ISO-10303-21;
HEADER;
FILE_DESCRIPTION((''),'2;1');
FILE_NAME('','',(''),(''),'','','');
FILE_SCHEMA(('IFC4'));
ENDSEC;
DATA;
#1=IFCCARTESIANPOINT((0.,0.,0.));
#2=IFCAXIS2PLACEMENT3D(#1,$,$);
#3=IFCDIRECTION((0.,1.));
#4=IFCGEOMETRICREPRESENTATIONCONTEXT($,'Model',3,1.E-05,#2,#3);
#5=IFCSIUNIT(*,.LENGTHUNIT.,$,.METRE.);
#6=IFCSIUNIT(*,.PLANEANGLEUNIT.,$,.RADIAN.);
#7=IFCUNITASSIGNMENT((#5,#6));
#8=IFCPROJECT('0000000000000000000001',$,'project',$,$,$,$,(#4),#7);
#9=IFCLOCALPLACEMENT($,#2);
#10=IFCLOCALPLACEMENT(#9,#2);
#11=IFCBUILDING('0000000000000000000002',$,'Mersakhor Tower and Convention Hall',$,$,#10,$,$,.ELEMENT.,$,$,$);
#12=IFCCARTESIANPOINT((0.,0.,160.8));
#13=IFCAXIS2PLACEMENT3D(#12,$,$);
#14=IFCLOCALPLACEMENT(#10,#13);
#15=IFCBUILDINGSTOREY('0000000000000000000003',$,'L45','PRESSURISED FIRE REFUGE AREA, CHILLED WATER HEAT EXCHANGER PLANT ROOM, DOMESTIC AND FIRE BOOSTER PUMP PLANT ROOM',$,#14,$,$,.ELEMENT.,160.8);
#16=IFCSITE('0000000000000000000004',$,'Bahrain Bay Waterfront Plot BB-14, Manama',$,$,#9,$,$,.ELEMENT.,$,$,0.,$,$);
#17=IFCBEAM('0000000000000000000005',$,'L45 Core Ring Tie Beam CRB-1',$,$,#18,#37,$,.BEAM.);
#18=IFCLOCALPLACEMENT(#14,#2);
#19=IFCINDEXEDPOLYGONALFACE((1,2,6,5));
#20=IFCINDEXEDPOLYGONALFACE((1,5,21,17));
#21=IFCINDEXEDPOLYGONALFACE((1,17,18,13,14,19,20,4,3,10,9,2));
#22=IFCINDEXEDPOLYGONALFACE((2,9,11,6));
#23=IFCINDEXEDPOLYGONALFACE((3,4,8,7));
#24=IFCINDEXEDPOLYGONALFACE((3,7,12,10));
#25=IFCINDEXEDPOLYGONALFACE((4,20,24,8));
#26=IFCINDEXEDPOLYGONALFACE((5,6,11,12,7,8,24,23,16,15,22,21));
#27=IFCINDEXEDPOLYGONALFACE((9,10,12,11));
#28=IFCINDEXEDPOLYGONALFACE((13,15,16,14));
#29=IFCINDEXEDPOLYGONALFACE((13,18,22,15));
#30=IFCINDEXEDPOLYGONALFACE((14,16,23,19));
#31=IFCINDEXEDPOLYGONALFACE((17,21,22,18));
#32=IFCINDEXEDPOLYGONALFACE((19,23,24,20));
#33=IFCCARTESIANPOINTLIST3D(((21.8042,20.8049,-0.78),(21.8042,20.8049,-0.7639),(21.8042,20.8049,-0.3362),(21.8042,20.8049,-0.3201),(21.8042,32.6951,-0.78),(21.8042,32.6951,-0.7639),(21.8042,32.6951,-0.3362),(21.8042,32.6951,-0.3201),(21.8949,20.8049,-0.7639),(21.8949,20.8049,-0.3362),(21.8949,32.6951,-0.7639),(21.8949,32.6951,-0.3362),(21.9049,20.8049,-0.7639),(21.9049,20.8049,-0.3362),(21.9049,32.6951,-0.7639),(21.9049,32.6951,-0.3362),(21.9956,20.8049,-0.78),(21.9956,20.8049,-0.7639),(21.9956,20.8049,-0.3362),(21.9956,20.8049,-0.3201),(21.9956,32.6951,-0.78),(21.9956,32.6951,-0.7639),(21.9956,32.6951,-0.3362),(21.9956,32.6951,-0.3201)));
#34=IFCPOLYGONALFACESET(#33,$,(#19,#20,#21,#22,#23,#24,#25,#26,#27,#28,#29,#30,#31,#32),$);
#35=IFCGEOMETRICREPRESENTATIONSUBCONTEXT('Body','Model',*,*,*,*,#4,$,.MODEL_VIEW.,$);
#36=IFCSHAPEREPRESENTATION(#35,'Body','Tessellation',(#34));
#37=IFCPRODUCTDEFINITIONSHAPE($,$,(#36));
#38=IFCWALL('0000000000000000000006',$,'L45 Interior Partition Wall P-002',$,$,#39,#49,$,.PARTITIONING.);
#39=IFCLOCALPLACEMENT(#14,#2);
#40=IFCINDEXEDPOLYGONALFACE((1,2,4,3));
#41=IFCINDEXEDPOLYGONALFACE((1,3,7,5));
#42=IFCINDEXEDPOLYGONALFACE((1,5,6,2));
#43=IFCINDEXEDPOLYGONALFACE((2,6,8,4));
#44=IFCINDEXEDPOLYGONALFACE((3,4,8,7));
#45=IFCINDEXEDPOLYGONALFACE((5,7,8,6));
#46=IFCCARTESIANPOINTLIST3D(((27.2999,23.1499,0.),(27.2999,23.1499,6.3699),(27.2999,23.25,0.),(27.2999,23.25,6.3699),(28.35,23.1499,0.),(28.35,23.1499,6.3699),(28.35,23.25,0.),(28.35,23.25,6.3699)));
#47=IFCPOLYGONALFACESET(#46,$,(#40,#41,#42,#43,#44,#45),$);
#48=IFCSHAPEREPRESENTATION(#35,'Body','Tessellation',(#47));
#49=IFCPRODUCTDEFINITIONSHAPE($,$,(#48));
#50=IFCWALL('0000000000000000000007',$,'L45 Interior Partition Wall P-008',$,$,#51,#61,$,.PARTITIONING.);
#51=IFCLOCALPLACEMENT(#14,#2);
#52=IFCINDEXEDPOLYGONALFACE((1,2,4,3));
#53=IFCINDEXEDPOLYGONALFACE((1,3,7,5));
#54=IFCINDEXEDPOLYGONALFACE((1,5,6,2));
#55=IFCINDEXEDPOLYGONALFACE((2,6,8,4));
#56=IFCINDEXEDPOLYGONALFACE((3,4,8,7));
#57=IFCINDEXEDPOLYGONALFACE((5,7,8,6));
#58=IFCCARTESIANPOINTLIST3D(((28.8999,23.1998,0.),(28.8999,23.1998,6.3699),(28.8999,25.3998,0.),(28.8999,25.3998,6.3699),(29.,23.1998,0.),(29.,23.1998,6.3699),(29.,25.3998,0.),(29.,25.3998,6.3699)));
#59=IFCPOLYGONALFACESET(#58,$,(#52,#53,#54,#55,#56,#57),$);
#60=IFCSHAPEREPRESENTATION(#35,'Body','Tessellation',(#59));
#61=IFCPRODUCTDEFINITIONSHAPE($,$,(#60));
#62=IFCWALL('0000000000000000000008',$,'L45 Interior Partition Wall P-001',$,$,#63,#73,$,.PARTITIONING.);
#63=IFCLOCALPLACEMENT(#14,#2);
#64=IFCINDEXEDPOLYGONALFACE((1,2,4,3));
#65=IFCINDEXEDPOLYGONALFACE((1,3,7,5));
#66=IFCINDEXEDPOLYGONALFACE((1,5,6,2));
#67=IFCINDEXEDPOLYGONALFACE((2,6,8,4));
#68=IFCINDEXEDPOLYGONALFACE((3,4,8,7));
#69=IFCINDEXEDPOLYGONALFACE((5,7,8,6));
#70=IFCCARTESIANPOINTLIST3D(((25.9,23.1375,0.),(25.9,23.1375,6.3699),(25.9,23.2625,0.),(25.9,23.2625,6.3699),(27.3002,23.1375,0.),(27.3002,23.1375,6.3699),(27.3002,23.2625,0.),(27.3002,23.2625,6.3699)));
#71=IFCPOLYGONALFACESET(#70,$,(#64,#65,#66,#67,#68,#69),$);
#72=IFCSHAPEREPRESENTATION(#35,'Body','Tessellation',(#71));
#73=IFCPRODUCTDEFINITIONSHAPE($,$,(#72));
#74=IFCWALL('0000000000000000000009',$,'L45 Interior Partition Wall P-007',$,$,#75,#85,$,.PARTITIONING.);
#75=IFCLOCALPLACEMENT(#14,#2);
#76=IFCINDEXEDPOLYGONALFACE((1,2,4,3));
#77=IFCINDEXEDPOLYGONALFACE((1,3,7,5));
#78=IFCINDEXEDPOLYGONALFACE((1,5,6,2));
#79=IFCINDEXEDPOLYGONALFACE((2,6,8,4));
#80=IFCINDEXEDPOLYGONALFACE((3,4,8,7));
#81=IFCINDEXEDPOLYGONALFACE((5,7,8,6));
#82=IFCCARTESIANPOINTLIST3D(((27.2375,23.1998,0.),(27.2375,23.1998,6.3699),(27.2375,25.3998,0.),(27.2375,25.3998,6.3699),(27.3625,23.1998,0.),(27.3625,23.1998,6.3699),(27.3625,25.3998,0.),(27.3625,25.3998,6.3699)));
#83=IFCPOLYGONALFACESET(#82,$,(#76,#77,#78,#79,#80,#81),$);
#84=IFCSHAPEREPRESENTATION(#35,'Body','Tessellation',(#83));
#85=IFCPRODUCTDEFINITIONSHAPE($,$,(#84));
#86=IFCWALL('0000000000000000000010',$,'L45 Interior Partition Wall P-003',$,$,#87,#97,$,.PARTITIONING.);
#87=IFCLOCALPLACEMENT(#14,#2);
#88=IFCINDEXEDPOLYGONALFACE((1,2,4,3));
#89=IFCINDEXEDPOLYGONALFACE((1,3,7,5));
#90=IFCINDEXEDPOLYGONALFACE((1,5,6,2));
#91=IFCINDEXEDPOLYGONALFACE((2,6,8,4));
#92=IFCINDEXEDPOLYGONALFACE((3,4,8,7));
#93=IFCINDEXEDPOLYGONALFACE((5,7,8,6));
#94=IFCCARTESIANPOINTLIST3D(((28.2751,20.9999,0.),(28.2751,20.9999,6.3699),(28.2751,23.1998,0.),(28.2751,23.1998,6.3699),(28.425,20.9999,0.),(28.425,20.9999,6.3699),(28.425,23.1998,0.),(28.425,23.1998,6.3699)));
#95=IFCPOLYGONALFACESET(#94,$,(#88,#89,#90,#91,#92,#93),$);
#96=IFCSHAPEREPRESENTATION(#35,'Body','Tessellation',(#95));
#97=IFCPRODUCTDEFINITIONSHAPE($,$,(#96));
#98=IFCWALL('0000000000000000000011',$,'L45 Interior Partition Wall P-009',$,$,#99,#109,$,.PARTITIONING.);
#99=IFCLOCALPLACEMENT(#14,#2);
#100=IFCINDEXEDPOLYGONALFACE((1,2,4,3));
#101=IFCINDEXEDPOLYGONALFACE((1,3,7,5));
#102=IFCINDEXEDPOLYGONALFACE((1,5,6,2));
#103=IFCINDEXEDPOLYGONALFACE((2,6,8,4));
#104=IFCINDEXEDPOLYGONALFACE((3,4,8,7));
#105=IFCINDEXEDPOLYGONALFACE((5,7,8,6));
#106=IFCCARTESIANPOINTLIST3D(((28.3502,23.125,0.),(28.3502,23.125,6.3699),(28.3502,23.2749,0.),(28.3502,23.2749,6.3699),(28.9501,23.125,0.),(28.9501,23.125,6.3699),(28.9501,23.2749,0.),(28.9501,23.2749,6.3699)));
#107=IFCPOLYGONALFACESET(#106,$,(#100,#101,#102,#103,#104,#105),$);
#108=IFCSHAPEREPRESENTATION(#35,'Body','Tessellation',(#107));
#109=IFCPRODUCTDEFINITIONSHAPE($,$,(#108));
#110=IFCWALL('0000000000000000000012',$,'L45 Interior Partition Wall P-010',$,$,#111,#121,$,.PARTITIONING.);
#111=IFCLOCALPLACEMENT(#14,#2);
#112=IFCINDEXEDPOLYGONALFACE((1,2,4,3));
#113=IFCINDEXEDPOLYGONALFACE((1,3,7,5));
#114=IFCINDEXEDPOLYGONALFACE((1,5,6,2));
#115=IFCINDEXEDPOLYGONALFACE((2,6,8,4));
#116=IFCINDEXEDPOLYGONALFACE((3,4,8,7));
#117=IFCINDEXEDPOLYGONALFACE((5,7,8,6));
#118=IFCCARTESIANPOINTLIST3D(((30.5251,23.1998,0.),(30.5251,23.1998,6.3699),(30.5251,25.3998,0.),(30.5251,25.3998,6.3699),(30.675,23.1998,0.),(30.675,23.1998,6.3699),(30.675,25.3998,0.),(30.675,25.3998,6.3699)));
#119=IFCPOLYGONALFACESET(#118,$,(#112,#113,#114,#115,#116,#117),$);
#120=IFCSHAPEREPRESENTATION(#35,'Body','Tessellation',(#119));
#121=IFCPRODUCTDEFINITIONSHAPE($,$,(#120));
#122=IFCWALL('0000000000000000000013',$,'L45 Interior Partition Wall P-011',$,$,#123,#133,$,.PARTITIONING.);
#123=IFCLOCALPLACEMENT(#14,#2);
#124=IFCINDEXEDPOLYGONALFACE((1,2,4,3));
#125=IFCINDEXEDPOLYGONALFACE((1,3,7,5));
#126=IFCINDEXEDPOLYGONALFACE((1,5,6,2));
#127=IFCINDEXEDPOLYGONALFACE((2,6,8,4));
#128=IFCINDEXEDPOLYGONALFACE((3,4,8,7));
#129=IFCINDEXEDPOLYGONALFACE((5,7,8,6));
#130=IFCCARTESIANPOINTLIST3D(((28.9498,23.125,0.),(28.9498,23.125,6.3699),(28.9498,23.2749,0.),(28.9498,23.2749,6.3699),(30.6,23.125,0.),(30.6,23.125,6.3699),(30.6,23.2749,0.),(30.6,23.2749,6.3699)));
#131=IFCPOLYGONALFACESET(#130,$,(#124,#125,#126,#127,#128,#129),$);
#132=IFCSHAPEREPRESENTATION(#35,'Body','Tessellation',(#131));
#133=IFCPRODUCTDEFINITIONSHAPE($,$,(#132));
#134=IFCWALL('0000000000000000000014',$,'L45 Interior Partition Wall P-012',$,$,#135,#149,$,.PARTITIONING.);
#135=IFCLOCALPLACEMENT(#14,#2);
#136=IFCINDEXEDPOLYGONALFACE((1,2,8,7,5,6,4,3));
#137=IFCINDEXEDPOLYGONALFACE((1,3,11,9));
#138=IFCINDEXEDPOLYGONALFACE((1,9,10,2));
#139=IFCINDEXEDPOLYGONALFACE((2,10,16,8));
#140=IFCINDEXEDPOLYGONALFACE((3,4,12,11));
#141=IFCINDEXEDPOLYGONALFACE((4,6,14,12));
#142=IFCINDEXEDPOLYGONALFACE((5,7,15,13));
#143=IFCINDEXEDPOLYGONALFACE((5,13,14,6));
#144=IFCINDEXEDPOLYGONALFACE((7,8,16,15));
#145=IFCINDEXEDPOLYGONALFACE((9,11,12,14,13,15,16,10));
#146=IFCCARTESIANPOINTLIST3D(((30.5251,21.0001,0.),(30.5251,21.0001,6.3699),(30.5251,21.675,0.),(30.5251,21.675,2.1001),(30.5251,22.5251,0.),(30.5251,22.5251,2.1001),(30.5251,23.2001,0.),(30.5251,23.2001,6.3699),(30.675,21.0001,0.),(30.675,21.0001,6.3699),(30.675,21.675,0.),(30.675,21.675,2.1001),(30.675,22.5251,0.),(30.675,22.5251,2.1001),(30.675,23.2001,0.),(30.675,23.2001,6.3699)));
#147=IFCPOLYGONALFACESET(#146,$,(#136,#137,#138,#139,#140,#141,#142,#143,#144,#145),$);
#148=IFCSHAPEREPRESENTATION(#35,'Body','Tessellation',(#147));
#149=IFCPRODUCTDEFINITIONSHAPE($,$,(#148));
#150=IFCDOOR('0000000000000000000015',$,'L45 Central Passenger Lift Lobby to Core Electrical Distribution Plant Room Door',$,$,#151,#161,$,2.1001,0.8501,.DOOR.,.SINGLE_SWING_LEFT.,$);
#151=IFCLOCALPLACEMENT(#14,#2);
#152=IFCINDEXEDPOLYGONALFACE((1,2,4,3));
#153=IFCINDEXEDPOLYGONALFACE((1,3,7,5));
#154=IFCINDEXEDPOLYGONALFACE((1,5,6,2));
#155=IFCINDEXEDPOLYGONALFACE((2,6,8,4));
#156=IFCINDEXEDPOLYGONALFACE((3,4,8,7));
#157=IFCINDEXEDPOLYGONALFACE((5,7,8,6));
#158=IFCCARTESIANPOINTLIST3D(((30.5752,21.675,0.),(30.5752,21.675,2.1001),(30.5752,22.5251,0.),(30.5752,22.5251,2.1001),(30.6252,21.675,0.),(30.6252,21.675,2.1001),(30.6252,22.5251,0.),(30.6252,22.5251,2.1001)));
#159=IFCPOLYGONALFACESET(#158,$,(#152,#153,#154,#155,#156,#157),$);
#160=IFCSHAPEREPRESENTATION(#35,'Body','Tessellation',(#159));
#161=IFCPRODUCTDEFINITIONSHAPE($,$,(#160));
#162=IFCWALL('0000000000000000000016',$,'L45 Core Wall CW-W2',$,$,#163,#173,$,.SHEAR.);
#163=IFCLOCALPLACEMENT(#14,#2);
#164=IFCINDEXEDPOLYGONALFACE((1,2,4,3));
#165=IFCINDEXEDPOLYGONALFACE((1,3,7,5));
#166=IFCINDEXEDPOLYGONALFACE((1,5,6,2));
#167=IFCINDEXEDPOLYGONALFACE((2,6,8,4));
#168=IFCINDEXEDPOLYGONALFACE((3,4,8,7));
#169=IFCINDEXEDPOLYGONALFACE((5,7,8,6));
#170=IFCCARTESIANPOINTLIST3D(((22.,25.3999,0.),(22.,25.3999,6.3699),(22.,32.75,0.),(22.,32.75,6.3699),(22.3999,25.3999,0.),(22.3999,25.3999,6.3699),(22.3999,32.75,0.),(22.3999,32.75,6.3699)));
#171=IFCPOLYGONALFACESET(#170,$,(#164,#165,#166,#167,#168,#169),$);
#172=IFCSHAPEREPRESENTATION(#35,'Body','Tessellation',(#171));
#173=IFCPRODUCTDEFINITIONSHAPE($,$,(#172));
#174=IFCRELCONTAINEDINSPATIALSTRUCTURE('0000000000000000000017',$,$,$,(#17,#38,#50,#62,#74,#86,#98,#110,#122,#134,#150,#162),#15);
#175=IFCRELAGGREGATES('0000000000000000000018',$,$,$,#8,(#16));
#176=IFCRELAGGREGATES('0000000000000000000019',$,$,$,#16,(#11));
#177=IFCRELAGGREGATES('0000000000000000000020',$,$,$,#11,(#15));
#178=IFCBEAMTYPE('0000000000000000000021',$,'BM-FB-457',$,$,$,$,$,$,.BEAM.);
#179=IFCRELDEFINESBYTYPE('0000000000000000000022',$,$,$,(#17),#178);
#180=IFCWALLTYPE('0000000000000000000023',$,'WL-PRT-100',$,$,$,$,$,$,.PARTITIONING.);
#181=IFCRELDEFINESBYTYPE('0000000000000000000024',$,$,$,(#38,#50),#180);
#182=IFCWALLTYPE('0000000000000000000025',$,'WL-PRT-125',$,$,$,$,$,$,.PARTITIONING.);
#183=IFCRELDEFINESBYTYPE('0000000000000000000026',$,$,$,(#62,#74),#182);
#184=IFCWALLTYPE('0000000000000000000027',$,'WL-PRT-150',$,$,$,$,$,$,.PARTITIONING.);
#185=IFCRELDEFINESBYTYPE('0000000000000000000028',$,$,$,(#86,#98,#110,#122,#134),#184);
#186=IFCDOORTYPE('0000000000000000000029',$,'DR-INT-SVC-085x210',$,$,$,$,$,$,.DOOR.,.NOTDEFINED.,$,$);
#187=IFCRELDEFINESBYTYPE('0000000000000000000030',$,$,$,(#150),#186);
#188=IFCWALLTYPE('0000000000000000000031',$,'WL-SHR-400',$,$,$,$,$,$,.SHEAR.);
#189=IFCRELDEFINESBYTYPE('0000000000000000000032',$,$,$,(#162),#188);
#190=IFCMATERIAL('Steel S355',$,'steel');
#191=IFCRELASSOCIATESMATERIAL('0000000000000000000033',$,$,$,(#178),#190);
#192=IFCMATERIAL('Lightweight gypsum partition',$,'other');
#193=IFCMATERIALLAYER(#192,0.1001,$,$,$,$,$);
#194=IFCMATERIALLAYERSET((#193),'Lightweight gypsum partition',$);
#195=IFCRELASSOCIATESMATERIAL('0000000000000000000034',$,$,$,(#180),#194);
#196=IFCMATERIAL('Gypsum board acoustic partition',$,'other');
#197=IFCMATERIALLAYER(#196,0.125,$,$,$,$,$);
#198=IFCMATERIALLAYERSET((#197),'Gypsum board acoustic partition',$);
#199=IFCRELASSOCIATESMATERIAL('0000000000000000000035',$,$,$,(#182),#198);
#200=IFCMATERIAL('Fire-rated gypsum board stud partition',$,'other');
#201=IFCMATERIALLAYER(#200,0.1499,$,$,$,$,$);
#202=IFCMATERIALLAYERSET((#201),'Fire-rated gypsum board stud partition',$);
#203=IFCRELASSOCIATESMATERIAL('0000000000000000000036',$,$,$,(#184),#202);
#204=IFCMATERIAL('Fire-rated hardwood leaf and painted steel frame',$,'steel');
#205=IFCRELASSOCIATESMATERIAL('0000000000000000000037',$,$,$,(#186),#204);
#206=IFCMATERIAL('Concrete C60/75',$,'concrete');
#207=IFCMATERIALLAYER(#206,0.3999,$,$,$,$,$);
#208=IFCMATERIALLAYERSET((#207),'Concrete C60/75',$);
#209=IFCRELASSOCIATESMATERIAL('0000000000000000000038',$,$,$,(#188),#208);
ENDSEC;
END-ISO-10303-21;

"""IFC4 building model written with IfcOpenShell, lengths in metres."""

from ifc_helpers import new_model, si_unit, direction, frame, frame_2d, origin, origin_2d, place, context, subcontext, project, spatial, rectangle, i_section, extrude, material, layer, layer_set, material_profile, profile_set, type_object, element, fill, save


model = new_model("IFC4")

# Units and contexts
model_context = context("Model", 3, precision=1e-05, world=origin(), true_north=direction((0.0, 1.0)))
body_context = subcontext(model_context, "Body", "Model", "MODEL_VIEW")
ifc_project = project(units=[si_unit("LENGTHUNIT", "METRE"), si_unit("PLANEANGLEUNIT", "RADIAN")], contexts=[model_context])

# Site, building, storey
site_placement = place(None, origin())
site = spatial("IfcSite", under=ifc_project, at=site_placement, Name="Bahrain Bay Waterfront Plot BB-14, Manama", CompositionType="ELEMENT", RefElevation=0.0)
building_placement = place(site_placement, origin())
building = spatial("IfcBuilding", under=site, at=building_placement, Name="Mersakhor Tower and Convention Hall", CompositionType="ELEMENT")
storey_placement = place(building_placement, frame((0.0, 0.0, 160.8)))
storey = spatial("IfcBuildingStorey", under=building, at=storey_placement, Name="L45", Description="PRESSURISED FIRE REFUGE AREA, CHILLED WATER HEAT EXCHANGER PLANT ROOM, DOMESTIC AND FIRE BOOSTER PUMP PLANT ROOM", CompositionType="ELEMENT", Elevation=160.8)

# Beam
ifc_material_1 = material(Name="Steel S355", Category="steel")
ifc_material_profile = material_profile(ifc_material_1, i_section(OverallWidth=0.1914, OverallDepth=0.46, WebThickness=0.01, FlangeThickness=0.0161, at=origin_2d()), Name="UB 457x191x82")
ifc_profile_set = profile_set([ifc_material_profile], Name="Steel S355")
beam_type = type_object("IfcBeamType", Name="BM-FB-457", PredefinedType="BEAM", material=ifc_profile_set)
beam_placement = place(storey_placement, frame((21.8999, 20.8049, -0.55), z_axis=(0.0, 1.0, 0.0), x_axis=(-1.0, 0.0, 0.0)))
element("IfcBeam", 1, at=beam_placement, inside=storey, type_object=beam_type, Name="L45 Core Ring Tie Beam CRB-1", PredefinedType="BEAM", context=body_context, shape_type="SweptSolid", body=[
    extrude(i_section(OverallWidth=0.1914, OverallDepth=0.46, WebThickness=0.01, FlangeThickness=0.0161, at=origin_2d()), origin(), (0.0, 0.0, 1.0), 11.8901),
])

# Walls
ifc_material_2 = material(Name="Lightweight gypsum partition", Category="other")
ifc_layer_1 = layer(ifc_material_2, 0.1001)
ifc_layer_set_1 = layer_set([ifc_layer_1], Name="Lightweight gypsum partition")
wall_type_1 = type_object("IfcWallType", Name="WL-PRT-100", PredefinedType="PARTITIONING", material=ifc_layer_set_1)
wall_1_placement = place(storey_placement, frame((27.3, 23.2, 0.0), z_axis=(0.0, 0.0, 1.0), x_axis=(1.0, 0.0, 0.0)))
element("IfcWall", 2, at=wall_1_placement, inside=storey, type_object=wall_type_1, Name="L45 Interior Partition Wall P-002", PredefinedType="PARTITIONING", context=body_context, shape_type="SweptSolid", body=[
    extrude(rectangle(XDim=1.05, YDim=0.1001, at=frame_2d((0.5249, 0.0))), origin(), (0.0, 0.0, 1.0), 6.3699),
])
wall_2_placement = place(storey_placement, frame((28.95, 25.3999, 0.0), z_axis=(0.0, 0.0, 1.0), x_axis=(0.0, -1.0, 0.0)))
element("IfcWall", 3, at=wall_2_placement, inside=storey, type_object=wall_type_1, Name="L45 Interior Partition Wall P-008", PredefinedType="PARTITIONING", context=body_context, shape_type="SweptSolid", body=[
    extrude(rectangle(XDim=2.2, YDim=0.1001, at=frame_2d((1.1001, 0.0))), origin(), (0.0, 0.0, 1.0), 6.3699),
])
ifc_material_3 = material(Name="Gypsum board acoustic partition", Category="other")
ifc_layer_2 = layer(ifc_material_3, 0.125)
ifc_layer_set_2 = layer_set([ifc_layer_2], Name="Gypsum board acoustic partition")
wall_type_2 = type_object("IfcWallType", Name="WL-PRT-125", PredefinedType="PARTITIONING", material=ifc_layer_set_2)
wall_3_placement = place(storey_placement, frame((25.8999, 23.2, 0.0), z_axis=(0.0, 0.0, 1.0), x_axis=(1.0, 0.0, 0.0)))
element("IfcWall", 4, at=wall_3_placement, inside=storey, type_object=wall_type_2, Name="L45 Interior Partition Wall P-001", PredefinedType="PARTITIONING", context=body_context, shape_type="SweptSolid", body=[
    extrude(rectangle(XDim=1.4001, YDim=0.125, at=frame_2d((0.7002, 0.0))), origin(), (0.0, 0.0, 1.0), 6.3699),
])
wall_4_placement = place(storey_placement, frame((27.3, 25.3999, 0.0), z_axis=(0.0, 0.0, 1.0), x_axis=(0.0, -1.0, 0.0)))
element("IfcWall", 5, at=wall_4_placement, inside=storey, type_object=wall_type_2, Name="L45 Interior Partition Wall P-007", PredefinedType="PARTITIONING", context=body_context, shape_type="SweptSolid", body=[
    extrude(rectangle(XDim=2.2, YDim=0.125, at=frame_2d((1.1001, 0.0))), origin(), (0.0, 0.0, 1.0), 6.3699),
])
ifc_material_4 = material(Name="Fire-rated gypsum board stud partition", Category="other")
ifc_layer_3 = layer(ifc_material_4, 0.1499)
ifc_layer_set_3 = layer_set([ifc_layer_3], Name="Fire-rated gypsum board stud partition")
wall_type_3 = type_object("IfcWallType", Name="WL-PRT-150", PredefinedType="PARTITIONING", material=ifc_layer_set_3)
wall_5_placement = place(storey_placement, frame((28.3501, 23.2, 0.0), z_axis=(0.0, 0.0, 1.0), x_axis=(0.0, -1.0, 0.0)))
element("IfcWall", 6, at=wall_5_placement, inside=storey, type_object=wall_type_3, Name="L45 Interior Partition Wall P-003", PredefinedType="PARTITIONING", context=body_context, shape_type="SweptSolid", body=[
    extrude(rectangle(XDim=2.2, YDim=0.1499, at=frame_2d((1.1001, 0.0))), origin(), (0.0, 0.0, 1.0), 6.3699),
])
wall_6_placement = place(storey_placement, frame((28.95, 23.2, 0.0), z_axis=(0.0, 0.0, 1.0), x_axis=(-1.0, 0.0, 0.0)))
element("IfcWall", 7, at=wall_6_placement, inside=storey, type_object=wall_type_3, Name="L45 Interior Partition Wall P-009", PredefinedType="PARTITIONING", context=body_context, shape_type="SweptSolid", body=[
    extrude(rectangle(XDim=0.5999, YDim=0.1499, at=frame_2d((0.2998, 0.0))), origin(), (0.0, 0.0, 1.0), 6.3699),
])
wall_7_placement = place(storey_placement, frame((30.6001, 25.3999, 0.0), z_axis=(0.0, 0.0, 1.0), x_axis=(0.0, -1.0, 0.0)))
element("IfcWall", 8, at=wall_7_placement, inside=storey, type_object=wall_type_3, Name="L45 Interior Partition Wall P-010", PredefinedType="PARTITIONING", context=body_context, shape_type="SweptSolid", body=[
    extrude(rectangle(XDim=2.2, YDim=0.1499, at=frame_2d((1.1001, 0.0))), origin(), (0.0, 0.0, 1.0), 6.3699),
])
wall_8_placement = place(storey_placement, frame((30.6001, 23.2, 0.0), z_axis=(0.0, 0.0, 1.0), x_axis=(-1.0, 0.0, 0.0)))
element("IfcWall", 9, at=wall_8_placement, inside=storey, type_object=wall_type_3, Name="L45 Interior Partition Wall P-011", PredefinedType="PARTITIONING", context=body_context, shape_type="SweptSolid", body=[
    extrude(rectangle(XDim=1.6501, YDim=0.1499, at=frame_2d((0.8252, 0.0))), origin(), (0.0, 0.0, 1.0), 6.3699),
])

# Wall, opening, door
wall_9_placement = place(storey_placement, frame((30.6001, 21.0, 0.0), z_axis=(0.0, 0.0, 1.0), x_axis=(0.0, 1.0, 0.0)))
wall_9 = element("IfcWall", 10, at=wall_9_placement, inside=storey, type_object=wall_type_3, Name="L45 Interior Partition Wall P-012", PredefinedType="PARTITIONING", context=body_context, shape_type="SweptSolid", body=[
    extrude(rectangle(XDim=2.2, YDim=0.1499, at=frame_2d((1.1001, 0.0))), origin(), (0.0, 0.0, 1.0), 6.3699),
])
opening_1_placement = place(wall_9_placement, frame((0.675, 0.0, 0.0)))
opening_1 = element("IfcOpeningElement", 11, at=opening_1_placement, cuts=wall_9, PredefinedType="OPENING", context=body_context, shape_type="SweptSolid", body=[
    extrude(rectangle(XDim=0.8501, YDim=2.1001, at=frame_2d((0.425, 1.05))), frame((0.0, 0.085, 0.0), z_axis=(0.0, -1.0, 0.0), x_axis=(1.0, 0.0, 0.0)), (0.0, 0.0, 1.0), 0.1699),
])
ifc_material_5 = material(Name="Fire-rated hardwood leaf and painted steel frame", Category="steel")
door_type_1 = type_object("IfcDoorType", Name="DR-INT-SVC-085x210", OperationType="NOTDEFINED", PredefinedType="DOOR", material=ifc_material_5)
door_1_placement = place(opening_1_placement, origin())
door_1 = element("IfcDoor", 12, at=door_1_placement, inside=storey, type_object=door_type_1, Name="L45 Central Passenger Lift Lobby to Core Electrical Distribution Plant Room Door", OperationType="SINGLE_SWING_LEFT", OverallHeight=2.1001, OverallWidth=0.8501, PredefinedType="DOOR", context=body_context, shape_type="SweptSolid", body=[
    extrude(rectangle(XDim=0.8501, YDim=2.1001, at=frame_2d((0.425, 1.05))), frame((0.0, 0.0249, 0.0), z_axis=(0.0, -1.0, 0.0), x_axis=(1.0, 0.0, 0.0)), (0.0, 0.0, 1.0), 0.05),
])
fill(opening_1, door_1)

# Wall
ifc_material_6 = material(Name="Concrete C60/75", Category="concrete")
ifc_layer_4 = layer(ifc_material_6, 0.3999)
ifc_layer_set_4 = layer_set([ifc_layer_4], Name="Concrete C60/75")
wall_type_4 = type_object("IfcWallType", Name="WL-SHR-400", PredefinedType="SHEAR", material=ifc_layer_set_4)
wall_10_placement = place(storey_placement, frame((22.2, 25.3999, 0.0), z_axis=(0.0, 0.0, 1.0), x_axis=(0.0, 1.0, 0.0)))
element("IfcWall", 13, at=wall_10_placement, inside=storey, type_object=wall_type_4, Name="L45 Core Wall CW-W2", PredefinedType="SHEAR", context=body_context, shape_type="SweptSolid", body=[
    extrude(rectangle(XDim=7.3501, YDim=0.3999, at=frame_2d((3.675, 0.0))), origin(), (0.0, 0.0, 1.0), 6.3699),
])

save(model, "model.ifc")
